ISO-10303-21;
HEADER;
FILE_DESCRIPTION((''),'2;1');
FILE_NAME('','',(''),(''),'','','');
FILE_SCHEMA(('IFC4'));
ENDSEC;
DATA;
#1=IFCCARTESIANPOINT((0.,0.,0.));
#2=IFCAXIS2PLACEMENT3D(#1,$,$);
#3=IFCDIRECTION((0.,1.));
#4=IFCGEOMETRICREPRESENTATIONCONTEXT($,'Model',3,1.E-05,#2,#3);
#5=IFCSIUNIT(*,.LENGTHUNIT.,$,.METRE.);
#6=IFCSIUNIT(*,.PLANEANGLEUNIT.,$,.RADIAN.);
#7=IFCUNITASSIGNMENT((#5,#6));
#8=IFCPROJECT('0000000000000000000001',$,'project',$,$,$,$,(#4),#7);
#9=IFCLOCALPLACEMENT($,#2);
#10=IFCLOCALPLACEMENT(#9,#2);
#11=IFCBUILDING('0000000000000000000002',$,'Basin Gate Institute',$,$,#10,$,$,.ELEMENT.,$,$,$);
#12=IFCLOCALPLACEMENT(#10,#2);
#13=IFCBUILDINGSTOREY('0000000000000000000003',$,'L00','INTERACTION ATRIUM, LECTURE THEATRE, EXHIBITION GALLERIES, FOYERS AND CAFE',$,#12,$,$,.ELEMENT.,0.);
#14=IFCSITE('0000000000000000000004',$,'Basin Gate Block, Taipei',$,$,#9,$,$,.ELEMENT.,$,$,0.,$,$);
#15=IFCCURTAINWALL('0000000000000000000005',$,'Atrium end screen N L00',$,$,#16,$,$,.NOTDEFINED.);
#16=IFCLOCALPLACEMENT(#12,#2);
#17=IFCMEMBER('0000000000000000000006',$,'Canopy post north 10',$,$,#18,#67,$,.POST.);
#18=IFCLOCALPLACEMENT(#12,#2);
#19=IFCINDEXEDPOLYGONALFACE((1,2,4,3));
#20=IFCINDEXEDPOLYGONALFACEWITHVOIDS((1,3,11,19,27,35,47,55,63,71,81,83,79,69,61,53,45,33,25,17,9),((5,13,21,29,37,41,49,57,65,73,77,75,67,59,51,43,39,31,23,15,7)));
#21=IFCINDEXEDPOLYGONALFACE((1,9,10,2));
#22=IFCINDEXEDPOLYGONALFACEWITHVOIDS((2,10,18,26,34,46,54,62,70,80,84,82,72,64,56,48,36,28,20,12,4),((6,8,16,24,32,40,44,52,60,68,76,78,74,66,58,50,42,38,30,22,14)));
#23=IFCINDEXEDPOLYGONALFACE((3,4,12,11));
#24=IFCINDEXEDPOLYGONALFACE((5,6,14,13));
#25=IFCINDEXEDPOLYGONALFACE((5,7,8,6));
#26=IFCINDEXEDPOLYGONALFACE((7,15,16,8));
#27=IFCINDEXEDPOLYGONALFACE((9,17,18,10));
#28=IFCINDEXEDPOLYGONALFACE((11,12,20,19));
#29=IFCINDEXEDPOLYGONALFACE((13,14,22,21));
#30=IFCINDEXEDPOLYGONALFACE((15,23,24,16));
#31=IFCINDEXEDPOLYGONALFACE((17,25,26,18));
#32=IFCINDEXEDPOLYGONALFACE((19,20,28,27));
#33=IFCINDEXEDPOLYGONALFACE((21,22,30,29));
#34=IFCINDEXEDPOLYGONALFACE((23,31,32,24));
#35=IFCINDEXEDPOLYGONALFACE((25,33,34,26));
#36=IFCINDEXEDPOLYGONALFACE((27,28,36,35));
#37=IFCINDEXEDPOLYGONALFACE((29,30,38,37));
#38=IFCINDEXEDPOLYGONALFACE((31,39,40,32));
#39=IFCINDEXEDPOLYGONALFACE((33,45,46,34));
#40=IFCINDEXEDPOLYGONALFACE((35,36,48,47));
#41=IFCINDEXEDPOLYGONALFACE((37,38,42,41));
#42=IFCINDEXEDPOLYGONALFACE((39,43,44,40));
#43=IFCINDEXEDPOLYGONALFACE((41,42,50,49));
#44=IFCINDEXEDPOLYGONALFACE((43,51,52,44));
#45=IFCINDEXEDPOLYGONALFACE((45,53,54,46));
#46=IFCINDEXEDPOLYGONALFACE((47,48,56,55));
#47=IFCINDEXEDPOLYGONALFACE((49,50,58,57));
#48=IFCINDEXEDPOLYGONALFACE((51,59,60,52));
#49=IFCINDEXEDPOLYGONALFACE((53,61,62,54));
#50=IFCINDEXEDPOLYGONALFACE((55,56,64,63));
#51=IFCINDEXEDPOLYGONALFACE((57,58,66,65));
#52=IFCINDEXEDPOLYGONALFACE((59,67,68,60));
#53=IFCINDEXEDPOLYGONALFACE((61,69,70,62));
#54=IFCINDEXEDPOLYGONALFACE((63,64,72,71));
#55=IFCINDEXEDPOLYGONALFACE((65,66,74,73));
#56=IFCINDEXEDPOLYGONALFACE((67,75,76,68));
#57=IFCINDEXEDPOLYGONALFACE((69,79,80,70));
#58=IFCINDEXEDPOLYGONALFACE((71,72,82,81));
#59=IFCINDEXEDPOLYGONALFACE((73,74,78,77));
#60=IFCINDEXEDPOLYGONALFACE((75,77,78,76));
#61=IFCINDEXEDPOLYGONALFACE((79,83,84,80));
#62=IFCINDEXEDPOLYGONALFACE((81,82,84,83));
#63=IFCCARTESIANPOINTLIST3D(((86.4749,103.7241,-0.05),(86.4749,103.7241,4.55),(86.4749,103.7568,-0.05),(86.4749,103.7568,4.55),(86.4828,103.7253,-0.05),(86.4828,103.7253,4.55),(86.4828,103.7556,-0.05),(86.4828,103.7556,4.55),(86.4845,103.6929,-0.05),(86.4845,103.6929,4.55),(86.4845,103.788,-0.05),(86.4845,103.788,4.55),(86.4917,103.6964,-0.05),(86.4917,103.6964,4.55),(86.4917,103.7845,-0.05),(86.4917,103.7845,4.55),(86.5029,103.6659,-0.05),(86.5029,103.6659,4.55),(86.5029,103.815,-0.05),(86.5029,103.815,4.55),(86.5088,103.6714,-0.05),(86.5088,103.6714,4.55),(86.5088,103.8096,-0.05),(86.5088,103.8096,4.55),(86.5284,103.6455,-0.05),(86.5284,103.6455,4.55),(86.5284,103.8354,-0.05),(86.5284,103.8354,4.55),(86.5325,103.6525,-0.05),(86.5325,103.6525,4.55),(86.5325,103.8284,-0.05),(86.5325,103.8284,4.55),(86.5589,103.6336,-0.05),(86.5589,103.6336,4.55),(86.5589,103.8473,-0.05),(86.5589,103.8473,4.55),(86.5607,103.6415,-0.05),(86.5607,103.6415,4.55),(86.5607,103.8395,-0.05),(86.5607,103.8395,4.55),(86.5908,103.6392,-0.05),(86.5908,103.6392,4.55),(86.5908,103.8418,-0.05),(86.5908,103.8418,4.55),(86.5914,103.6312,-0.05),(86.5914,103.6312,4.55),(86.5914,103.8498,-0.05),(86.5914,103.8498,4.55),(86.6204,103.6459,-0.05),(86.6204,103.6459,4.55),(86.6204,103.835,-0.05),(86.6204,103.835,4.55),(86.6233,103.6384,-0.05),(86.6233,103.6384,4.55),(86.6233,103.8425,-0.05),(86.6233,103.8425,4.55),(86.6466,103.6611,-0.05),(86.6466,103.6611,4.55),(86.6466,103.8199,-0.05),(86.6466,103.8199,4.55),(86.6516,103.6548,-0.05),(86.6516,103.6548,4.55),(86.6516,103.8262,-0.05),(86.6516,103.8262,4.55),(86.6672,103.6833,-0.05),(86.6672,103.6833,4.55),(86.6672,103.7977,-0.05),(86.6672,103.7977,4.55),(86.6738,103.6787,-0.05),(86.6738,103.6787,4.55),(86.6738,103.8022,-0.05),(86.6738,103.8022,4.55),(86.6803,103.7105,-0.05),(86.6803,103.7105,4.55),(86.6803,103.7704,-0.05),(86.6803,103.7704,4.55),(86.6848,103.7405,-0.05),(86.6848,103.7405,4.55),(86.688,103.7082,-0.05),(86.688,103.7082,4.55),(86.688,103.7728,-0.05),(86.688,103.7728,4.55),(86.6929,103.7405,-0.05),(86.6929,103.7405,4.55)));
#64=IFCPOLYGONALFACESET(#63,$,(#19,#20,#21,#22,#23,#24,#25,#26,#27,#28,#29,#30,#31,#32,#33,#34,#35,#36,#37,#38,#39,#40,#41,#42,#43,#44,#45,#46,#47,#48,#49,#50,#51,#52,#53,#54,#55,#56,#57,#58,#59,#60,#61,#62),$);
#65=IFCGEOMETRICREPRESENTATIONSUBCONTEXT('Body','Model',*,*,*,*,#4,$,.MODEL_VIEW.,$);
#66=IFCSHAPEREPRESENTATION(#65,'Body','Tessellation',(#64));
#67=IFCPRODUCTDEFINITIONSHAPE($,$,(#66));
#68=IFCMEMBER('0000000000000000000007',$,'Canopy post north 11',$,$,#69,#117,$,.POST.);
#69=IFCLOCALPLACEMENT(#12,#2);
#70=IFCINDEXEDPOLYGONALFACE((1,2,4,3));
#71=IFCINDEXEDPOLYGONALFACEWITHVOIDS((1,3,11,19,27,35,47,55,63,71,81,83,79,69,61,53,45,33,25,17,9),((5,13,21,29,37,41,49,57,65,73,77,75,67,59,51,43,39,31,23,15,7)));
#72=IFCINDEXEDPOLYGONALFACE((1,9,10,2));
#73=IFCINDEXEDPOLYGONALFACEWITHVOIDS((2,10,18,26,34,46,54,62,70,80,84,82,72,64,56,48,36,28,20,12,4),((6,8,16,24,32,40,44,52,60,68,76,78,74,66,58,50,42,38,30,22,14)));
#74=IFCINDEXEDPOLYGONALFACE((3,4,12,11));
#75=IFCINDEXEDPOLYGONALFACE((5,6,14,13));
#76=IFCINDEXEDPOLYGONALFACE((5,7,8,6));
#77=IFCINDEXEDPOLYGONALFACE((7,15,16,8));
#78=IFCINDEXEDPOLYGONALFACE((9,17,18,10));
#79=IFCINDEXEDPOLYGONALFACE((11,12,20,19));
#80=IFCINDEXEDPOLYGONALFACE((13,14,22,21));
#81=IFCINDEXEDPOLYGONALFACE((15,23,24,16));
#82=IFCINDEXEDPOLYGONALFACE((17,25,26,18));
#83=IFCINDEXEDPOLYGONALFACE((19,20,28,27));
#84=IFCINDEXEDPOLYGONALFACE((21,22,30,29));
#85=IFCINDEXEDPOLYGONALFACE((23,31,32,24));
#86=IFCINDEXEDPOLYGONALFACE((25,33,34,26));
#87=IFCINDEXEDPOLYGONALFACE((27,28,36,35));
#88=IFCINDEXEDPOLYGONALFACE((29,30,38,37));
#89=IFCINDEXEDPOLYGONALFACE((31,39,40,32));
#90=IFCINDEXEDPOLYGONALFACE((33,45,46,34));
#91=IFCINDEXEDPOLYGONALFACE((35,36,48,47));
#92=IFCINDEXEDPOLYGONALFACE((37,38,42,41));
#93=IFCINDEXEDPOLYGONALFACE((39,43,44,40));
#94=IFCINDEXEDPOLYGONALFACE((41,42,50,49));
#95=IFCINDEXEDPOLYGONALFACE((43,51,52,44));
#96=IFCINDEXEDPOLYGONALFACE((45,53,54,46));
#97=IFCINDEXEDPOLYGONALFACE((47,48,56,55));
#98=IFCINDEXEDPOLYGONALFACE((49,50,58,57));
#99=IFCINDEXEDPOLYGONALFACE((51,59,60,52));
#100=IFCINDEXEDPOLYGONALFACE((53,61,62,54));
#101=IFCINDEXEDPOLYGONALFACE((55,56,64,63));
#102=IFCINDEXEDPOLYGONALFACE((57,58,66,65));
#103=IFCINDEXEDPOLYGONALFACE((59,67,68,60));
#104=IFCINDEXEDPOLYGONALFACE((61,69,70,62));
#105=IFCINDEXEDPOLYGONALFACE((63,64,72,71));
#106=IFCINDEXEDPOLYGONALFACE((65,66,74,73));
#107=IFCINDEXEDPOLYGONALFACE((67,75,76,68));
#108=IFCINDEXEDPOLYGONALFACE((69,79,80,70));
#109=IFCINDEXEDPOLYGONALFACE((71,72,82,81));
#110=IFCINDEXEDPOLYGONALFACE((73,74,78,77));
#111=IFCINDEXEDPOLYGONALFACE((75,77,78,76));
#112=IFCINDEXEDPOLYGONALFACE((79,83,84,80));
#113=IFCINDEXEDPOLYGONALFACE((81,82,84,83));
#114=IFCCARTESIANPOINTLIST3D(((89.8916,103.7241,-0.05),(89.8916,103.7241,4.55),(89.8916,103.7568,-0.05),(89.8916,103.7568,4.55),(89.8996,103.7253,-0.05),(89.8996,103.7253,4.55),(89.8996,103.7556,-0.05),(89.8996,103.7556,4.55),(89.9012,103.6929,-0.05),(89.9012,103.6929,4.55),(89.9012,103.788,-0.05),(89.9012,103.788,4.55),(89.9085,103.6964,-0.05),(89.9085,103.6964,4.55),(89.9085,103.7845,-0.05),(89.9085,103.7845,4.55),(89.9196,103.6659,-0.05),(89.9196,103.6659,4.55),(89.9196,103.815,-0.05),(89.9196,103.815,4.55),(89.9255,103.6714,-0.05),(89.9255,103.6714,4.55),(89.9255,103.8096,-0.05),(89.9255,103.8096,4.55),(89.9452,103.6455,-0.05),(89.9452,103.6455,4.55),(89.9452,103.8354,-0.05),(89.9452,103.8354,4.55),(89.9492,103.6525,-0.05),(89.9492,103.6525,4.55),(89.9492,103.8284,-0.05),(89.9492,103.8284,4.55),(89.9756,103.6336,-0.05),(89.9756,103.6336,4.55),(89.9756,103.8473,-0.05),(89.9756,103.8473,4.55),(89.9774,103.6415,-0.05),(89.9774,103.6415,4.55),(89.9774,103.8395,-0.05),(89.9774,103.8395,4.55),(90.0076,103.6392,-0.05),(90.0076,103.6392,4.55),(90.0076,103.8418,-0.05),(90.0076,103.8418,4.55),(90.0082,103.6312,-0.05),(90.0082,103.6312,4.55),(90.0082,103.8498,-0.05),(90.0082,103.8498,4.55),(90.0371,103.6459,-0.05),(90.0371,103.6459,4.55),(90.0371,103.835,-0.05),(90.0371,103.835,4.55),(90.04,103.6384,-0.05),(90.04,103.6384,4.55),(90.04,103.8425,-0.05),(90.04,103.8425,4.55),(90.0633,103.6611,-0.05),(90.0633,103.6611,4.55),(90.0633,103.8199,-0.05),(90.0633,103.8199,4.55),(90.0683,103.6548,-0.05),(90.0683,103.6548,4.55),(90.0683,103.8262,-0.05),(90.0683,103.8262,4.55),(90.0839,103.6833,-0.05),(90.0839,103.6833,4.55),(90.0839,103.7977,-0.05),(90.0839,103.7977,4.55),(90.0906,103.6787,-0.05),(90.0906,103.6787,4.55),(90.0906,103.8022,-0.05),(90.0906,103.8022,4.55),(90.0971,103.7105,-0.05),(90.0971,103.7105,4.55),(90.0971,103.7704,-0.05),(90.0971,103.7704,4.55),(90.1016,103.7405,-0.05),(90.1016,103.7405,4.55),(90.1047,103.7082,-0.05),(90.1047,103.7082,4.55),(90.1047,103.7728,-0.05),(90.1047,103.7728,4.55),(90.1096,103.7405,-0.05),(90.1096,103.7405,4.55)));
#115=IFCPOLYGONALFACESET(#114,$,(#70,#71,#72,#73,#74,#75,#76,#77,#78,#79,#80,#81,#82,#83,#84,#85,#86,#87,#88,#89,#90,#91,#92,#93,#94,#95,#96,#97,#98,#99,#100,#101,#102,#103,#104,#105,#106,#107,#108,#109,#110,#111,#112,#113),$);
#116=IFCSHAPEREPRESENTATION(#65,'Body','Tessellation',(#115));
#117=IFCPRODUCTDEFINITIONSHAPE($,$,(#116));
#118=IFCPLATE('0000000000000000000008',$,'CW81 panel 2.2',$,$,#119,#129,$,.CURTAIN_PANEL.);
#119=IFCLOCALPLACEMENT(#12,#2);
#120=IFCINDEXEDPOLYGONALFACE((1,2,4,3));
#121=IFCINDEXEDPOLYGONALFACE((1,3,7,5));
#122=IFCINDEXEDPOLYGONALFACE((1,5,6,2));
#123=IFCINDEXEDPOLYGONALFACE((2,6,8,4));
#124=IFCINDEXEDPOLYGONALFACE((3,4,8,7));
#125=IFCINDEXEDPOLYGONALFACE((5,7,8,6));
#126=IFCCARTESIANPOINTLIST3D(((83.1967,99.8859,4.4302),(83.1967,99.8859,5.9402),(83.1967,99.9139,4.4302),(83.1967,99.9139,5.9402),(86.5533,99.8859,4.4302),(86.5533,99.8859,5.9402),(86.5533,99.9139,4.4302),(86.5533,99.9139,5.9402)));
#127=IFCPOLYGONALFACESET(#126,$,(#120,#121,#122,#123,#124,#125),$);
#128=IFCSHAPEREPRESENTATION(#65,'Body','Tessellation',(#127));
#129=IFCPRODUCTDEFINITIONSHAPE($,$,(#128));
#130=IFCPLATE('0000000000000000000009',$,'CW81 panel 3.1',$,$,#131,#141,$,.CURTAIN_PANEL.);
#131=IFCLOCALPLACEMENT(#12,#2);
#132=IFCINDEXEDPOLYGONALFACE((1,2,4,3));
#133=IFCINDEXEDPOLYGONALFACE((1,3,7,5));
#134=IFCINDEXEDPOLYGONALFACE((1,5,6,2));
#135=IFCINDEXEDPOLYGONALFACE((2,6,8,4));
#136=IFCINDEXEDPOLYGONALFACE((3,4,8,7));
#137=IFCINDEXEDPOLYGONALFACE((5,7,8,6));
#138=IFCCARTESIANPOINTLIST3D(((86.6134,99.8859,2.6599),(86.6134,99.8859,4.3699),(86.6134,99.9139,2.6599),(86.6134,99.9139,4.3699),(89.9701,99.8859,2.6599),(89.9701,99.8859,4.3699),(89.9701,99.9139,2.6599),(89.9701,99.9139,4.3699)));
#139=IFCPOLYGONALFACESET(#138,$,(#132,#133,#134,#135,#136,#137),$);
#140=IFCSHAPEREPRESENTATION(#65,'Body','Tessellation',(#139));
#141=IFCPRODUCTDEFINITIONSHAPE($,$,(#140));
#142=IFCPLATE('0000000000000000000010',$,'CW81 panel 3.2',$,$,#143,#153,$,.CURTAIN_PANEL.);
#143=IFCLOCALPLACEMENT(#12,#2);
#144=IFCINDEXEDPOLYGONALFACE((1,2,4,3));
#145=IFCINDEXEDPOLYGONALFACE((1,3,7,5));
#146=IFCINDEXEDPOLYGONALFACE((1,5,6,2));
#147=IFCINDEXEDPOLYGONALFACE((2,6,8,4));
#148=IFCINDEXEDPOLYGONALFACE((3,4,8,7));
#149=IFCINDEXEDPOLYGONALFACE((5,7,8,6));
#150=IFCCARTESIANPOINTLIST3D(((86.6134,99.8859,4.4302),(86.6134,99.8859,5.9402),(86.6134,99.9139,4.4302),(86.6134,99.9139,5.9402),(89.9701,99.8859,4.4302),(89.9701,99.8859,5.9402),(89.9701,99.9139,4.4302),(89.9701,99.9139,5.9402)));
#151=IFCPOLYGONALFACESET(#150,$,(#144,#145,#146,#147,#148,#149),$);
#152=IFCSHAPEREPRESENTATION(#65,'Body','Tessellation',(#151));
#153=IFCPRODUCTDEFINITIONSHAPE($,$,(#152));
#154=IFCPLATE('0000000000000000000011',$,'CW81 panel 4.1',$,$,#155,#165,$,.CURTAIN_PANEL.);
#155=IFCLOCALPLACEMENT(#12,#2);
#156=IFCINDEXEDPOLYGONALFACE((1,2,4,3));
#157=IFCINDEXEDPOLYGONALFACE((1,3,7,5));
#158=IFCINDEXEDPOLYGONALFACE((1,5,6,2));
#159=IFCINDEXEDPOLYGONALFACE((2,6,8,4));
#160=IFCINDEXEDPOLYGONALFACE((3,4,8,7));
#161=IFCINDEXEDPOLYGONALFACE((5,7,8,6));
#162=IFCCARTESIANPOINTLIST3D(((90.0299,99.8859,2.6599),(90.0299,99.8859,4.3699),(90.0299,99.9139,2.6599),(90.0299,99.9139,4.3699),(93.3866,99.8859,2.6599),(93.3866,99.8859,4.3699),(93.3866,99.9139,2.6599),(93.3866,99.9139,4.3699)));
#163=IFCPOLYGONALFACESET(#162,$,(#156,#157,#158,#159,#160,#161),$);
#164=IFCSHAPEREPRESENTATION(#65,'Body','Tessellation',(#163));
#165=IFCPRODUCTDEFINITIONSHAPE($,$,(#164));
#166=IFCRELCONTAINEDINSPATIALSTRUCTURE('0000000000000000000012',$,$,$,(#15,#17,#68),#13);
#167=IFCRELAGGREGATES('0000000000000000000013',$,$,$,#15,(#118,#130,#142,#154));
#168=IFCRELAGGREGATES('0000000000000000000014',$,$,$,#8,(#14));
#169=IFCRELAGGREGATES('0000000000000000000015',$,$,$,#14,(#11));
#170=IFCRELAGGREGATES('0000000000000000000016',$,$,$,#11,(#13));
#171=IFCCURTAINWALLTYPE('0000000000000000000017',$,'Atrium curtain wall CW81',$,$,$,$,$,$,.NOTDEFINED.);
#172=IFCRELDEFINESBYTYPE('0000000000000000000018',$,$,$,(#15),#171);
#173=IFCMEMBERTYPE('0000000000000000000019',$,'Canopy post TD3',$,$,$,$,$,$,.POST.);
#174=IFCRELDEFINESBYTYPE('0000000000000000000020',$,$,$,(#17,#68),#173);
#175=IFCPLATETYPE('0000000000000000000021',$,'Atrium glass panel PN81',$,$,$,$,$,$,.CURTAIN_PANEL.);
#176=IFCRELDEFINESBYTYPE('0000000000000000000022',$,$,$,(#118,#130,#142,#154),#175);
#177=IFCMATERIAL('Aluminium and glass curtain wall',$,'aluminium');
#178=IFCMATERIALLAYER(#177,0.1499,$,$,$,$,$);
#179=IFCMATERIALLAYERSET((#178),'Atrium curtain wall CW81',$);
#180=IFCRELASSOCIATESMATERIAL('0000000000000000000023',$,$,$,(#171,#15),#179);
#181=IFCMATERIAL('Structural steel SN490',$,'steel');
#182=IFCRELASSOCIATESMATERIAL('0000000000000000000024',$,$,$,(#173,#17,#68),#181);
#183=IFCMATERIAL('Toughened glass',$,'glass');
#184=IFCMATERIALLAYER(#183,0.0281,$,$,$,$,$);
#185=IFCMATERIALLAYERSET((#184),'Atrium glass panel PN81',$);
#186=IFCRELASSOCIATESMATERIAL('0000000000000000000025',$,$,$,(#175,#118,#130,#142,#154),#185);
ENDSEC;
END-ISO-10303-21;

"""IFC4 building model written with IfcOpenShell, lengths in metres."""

from ifc_helpers import new_model, si_unit, direction, frame, origin, origin_2d, place, context, subcontext, project, spatial, rectangle, hollow_circle, extrude, material, layer, layer_set, material_profile, profile_set, type_object, element, aggregate, save


model = new_model("IFC4")

# Units and contexts
model_context = context("Model", 3, precision=1e-05, world=origin(), true_north=direction((0.0, 1.0)))
body_context = subcontext(model_context, "Body", "Model", "MODEL_VIEW")
ifc_project = project(units=[si_unit("LENGTHUNIT", "METRE"), si_unit("PLANEANGLEUNIT", "RADIAN")], contexts=[model_context])

# Site, building, storey
site_placement = place(None, origin())
site = spatial("IfcSite", under=ifc_project, at=site_placement, Name="Basin Gate Block, Taipei", CompositionType="ELEMENT", RefElevation=0.0)
building_placement = place(site_placement, origin())
building = spatial("IfcBuilding", under=site, at=building_placement, Name="Basin Gate Institute", CompositionType="ELEMENT")
storey_placement = place(building_placement, origin())
storey = spatial("IfcBuildingStorey", under=building, at=storey_placement, Name="L00", Description="INTERACTION ATRIUM, LECTURE THEATRE, EXHIBITION GALLERIES, FOYERS AND CAFE", CompositionType="ELEMENT", Elevation=0.0)

# Curtain wall
ifc_material_1 = material(Name="Aluminium and glass curtain wall", Category="aluminium")
ifc_layer_1 = layer(ifc_material_1, 0.1499)
ifc_layer_set_1 = layer_set([ifc_layer_1], Name="Atrium curtain wall CW81")
curtain_wall_type = type_object("IfcCurtainWallType", Name="Atrium curtain wall CW81", PredefinedType="NOTDEFINED", material=ifc_layer_set_1)
curtain_wall_placement = place(storey_placement, origin())
curtain_wall = element("IfcCurtainWall", 1, at=curtain_wall_placement, inside=storey, type_object=curtain_wall_type, material=ifc_layer_set_1, Name="Atrium end screen N L00", PredefinedType="NOTDEFINED")

# Members
ifc_material_2 = material(Name="Structural steel SN490", Category="steel")
ifc_material_profile_1 = material_profile(ifc_material_2, hollow_circle(Radius=0.1096, WallThickness=0.0081, at=origin_2d()), Name="CHS219x8")
ifc_profile_set_1 = profile_set([ifc_material_profile_1], Name="Structural steel SN490")
member_type_1 = type_object("IfcMemberType", Name="Canopy post TD3", PredefinedType="POST", material=ifc_profile_set_1)
for number, where, z_axis, x_axis, name in (
    (2, (86.5833, 103.7405, -0.05), (0.0, 0.0, 1.0), (1.0, 0.0, 0.0), "Canopy post north 10"),
    (3, (90.0, 103.7405, -0.05), (0.0, 0.0, 1.0), (1.0, 0.0, 0.0), "Canopy post north 11"),
):
    element("IfcMember", number, at=place(storey_placement, frame(where, z_axis=z_axis, x_axis=x_axis)), inside=storey, type_object=member_type_1, material=ifc_profile_set_1, Name=name, PredefinedType="POST", context=body_context, shape_type="SweptSolid", body=[
        extrude(hollow_circle(Radius=0.1096, WallThickness=0.0081, at=origin_2d()), origin(), (0.0, 0.0, 1.0), 4.6001),
    ])

# Plates
ifc_material_3 = material(Name="Toughened glass", Category="glass")
ifc_layer_2 = layer(ifc_material_3, 0.0281)
ifc_layer_set_2 = layer_set([ifc_layer_2], Name="Atrium glass panel PN81")
plate_type = type_object("IfcPlateType", Name="Atrium glass panel PN81", PredefinedType="CURTAIN_PANEL", material=ifc_layer_set_2)
plate_1_placement = place(storey_placement, frame((84.875, 99.8999, 4.4302), z_axis=(0.0, 0.0, 1.0), x_axis=(1.0, 0.0, 0.0)))
plate_1 = element("IfcPlate", 4, at=plate_1_placement, type_object=plate_type, material=ifc_layer_set_2, Name="CW81 panel 2.2", PredefinedType="CURTAIN_PANEL", context=body_context, shape_type="SweptSolid", body=[
    extrude(rectangle(XDim=3.3567, YDim=0.0281, at=origin_2d()), origin(), (0.0, 0.0, 1.0), 1.51),
])
plate_2_placement = place(storey_placement, frame((88.2917, 99.8999, 2.6599), z_axis=(0.0, 0.0, 1.0), x_axis=(1.0, 0.0, 0.0)))
plate_2 = element("IfcPlate", 5, at=plate_2_placement, type_object=plate_type, material=ifc_layer_set_2, Name="CW81 panel 3.1", PredefinedType="CURTAIN_PANEL", context=body_context, shape_type="SweptSolid", body=[
    extrude(rectangle(XDim=3.3567, YDim=0.0281, at=origin_2d()), origin(), (0.0, 0.0, 1.0), 1.71),
])
plate_3_placement = place(storey_placement, frame((88.2917, 99.8999, 4.4302), z_axis=(0.0, 0.0, 1.0), x_axis=(1.0, 0.0, 0.0)))
plate_3 = element("IfcPlate", 6, at=plate_3_placement, type_object=plate_type, material=ifc_layer_set_2, Name="CW81 panel 3.2", PredefinedType="CURTAIN_PANEL", context=body_context, shape_type="SweptSolid", body=[
    extrude(rectangle(XDim=3.3567, YDim=0.0281, at=origin_2d()), origin(), (0.0, 0.0, 1.0), 1.51),
])
plate_4_placement = place(storey_placement, frame((91.7083, 99.8999, 2.6599), z_axis=(0.0, 0.0, 1.0), x_axis=(1.0, 0.0, 0.0)))
plate_4 = element("IfcPlate", 7, at=plate_4_placement, type_object=plate_type, material=ifc_layer_set_2, Name="CW81 panel 4.1", PredefinedType="CURTAIN_PANEL", context=body_context, shape_type="SweptSolid", body=[
    extrude(rectangle(XDim=3.3567, YDim=0.0281, at=origin_2d()), origin(), (0.0, 0.0, 1.0), 1.71),
])
aggregate(curtain_wall, [plate_1, plate_2, plate_3, plate_4])

save(model, "model.ifc")
